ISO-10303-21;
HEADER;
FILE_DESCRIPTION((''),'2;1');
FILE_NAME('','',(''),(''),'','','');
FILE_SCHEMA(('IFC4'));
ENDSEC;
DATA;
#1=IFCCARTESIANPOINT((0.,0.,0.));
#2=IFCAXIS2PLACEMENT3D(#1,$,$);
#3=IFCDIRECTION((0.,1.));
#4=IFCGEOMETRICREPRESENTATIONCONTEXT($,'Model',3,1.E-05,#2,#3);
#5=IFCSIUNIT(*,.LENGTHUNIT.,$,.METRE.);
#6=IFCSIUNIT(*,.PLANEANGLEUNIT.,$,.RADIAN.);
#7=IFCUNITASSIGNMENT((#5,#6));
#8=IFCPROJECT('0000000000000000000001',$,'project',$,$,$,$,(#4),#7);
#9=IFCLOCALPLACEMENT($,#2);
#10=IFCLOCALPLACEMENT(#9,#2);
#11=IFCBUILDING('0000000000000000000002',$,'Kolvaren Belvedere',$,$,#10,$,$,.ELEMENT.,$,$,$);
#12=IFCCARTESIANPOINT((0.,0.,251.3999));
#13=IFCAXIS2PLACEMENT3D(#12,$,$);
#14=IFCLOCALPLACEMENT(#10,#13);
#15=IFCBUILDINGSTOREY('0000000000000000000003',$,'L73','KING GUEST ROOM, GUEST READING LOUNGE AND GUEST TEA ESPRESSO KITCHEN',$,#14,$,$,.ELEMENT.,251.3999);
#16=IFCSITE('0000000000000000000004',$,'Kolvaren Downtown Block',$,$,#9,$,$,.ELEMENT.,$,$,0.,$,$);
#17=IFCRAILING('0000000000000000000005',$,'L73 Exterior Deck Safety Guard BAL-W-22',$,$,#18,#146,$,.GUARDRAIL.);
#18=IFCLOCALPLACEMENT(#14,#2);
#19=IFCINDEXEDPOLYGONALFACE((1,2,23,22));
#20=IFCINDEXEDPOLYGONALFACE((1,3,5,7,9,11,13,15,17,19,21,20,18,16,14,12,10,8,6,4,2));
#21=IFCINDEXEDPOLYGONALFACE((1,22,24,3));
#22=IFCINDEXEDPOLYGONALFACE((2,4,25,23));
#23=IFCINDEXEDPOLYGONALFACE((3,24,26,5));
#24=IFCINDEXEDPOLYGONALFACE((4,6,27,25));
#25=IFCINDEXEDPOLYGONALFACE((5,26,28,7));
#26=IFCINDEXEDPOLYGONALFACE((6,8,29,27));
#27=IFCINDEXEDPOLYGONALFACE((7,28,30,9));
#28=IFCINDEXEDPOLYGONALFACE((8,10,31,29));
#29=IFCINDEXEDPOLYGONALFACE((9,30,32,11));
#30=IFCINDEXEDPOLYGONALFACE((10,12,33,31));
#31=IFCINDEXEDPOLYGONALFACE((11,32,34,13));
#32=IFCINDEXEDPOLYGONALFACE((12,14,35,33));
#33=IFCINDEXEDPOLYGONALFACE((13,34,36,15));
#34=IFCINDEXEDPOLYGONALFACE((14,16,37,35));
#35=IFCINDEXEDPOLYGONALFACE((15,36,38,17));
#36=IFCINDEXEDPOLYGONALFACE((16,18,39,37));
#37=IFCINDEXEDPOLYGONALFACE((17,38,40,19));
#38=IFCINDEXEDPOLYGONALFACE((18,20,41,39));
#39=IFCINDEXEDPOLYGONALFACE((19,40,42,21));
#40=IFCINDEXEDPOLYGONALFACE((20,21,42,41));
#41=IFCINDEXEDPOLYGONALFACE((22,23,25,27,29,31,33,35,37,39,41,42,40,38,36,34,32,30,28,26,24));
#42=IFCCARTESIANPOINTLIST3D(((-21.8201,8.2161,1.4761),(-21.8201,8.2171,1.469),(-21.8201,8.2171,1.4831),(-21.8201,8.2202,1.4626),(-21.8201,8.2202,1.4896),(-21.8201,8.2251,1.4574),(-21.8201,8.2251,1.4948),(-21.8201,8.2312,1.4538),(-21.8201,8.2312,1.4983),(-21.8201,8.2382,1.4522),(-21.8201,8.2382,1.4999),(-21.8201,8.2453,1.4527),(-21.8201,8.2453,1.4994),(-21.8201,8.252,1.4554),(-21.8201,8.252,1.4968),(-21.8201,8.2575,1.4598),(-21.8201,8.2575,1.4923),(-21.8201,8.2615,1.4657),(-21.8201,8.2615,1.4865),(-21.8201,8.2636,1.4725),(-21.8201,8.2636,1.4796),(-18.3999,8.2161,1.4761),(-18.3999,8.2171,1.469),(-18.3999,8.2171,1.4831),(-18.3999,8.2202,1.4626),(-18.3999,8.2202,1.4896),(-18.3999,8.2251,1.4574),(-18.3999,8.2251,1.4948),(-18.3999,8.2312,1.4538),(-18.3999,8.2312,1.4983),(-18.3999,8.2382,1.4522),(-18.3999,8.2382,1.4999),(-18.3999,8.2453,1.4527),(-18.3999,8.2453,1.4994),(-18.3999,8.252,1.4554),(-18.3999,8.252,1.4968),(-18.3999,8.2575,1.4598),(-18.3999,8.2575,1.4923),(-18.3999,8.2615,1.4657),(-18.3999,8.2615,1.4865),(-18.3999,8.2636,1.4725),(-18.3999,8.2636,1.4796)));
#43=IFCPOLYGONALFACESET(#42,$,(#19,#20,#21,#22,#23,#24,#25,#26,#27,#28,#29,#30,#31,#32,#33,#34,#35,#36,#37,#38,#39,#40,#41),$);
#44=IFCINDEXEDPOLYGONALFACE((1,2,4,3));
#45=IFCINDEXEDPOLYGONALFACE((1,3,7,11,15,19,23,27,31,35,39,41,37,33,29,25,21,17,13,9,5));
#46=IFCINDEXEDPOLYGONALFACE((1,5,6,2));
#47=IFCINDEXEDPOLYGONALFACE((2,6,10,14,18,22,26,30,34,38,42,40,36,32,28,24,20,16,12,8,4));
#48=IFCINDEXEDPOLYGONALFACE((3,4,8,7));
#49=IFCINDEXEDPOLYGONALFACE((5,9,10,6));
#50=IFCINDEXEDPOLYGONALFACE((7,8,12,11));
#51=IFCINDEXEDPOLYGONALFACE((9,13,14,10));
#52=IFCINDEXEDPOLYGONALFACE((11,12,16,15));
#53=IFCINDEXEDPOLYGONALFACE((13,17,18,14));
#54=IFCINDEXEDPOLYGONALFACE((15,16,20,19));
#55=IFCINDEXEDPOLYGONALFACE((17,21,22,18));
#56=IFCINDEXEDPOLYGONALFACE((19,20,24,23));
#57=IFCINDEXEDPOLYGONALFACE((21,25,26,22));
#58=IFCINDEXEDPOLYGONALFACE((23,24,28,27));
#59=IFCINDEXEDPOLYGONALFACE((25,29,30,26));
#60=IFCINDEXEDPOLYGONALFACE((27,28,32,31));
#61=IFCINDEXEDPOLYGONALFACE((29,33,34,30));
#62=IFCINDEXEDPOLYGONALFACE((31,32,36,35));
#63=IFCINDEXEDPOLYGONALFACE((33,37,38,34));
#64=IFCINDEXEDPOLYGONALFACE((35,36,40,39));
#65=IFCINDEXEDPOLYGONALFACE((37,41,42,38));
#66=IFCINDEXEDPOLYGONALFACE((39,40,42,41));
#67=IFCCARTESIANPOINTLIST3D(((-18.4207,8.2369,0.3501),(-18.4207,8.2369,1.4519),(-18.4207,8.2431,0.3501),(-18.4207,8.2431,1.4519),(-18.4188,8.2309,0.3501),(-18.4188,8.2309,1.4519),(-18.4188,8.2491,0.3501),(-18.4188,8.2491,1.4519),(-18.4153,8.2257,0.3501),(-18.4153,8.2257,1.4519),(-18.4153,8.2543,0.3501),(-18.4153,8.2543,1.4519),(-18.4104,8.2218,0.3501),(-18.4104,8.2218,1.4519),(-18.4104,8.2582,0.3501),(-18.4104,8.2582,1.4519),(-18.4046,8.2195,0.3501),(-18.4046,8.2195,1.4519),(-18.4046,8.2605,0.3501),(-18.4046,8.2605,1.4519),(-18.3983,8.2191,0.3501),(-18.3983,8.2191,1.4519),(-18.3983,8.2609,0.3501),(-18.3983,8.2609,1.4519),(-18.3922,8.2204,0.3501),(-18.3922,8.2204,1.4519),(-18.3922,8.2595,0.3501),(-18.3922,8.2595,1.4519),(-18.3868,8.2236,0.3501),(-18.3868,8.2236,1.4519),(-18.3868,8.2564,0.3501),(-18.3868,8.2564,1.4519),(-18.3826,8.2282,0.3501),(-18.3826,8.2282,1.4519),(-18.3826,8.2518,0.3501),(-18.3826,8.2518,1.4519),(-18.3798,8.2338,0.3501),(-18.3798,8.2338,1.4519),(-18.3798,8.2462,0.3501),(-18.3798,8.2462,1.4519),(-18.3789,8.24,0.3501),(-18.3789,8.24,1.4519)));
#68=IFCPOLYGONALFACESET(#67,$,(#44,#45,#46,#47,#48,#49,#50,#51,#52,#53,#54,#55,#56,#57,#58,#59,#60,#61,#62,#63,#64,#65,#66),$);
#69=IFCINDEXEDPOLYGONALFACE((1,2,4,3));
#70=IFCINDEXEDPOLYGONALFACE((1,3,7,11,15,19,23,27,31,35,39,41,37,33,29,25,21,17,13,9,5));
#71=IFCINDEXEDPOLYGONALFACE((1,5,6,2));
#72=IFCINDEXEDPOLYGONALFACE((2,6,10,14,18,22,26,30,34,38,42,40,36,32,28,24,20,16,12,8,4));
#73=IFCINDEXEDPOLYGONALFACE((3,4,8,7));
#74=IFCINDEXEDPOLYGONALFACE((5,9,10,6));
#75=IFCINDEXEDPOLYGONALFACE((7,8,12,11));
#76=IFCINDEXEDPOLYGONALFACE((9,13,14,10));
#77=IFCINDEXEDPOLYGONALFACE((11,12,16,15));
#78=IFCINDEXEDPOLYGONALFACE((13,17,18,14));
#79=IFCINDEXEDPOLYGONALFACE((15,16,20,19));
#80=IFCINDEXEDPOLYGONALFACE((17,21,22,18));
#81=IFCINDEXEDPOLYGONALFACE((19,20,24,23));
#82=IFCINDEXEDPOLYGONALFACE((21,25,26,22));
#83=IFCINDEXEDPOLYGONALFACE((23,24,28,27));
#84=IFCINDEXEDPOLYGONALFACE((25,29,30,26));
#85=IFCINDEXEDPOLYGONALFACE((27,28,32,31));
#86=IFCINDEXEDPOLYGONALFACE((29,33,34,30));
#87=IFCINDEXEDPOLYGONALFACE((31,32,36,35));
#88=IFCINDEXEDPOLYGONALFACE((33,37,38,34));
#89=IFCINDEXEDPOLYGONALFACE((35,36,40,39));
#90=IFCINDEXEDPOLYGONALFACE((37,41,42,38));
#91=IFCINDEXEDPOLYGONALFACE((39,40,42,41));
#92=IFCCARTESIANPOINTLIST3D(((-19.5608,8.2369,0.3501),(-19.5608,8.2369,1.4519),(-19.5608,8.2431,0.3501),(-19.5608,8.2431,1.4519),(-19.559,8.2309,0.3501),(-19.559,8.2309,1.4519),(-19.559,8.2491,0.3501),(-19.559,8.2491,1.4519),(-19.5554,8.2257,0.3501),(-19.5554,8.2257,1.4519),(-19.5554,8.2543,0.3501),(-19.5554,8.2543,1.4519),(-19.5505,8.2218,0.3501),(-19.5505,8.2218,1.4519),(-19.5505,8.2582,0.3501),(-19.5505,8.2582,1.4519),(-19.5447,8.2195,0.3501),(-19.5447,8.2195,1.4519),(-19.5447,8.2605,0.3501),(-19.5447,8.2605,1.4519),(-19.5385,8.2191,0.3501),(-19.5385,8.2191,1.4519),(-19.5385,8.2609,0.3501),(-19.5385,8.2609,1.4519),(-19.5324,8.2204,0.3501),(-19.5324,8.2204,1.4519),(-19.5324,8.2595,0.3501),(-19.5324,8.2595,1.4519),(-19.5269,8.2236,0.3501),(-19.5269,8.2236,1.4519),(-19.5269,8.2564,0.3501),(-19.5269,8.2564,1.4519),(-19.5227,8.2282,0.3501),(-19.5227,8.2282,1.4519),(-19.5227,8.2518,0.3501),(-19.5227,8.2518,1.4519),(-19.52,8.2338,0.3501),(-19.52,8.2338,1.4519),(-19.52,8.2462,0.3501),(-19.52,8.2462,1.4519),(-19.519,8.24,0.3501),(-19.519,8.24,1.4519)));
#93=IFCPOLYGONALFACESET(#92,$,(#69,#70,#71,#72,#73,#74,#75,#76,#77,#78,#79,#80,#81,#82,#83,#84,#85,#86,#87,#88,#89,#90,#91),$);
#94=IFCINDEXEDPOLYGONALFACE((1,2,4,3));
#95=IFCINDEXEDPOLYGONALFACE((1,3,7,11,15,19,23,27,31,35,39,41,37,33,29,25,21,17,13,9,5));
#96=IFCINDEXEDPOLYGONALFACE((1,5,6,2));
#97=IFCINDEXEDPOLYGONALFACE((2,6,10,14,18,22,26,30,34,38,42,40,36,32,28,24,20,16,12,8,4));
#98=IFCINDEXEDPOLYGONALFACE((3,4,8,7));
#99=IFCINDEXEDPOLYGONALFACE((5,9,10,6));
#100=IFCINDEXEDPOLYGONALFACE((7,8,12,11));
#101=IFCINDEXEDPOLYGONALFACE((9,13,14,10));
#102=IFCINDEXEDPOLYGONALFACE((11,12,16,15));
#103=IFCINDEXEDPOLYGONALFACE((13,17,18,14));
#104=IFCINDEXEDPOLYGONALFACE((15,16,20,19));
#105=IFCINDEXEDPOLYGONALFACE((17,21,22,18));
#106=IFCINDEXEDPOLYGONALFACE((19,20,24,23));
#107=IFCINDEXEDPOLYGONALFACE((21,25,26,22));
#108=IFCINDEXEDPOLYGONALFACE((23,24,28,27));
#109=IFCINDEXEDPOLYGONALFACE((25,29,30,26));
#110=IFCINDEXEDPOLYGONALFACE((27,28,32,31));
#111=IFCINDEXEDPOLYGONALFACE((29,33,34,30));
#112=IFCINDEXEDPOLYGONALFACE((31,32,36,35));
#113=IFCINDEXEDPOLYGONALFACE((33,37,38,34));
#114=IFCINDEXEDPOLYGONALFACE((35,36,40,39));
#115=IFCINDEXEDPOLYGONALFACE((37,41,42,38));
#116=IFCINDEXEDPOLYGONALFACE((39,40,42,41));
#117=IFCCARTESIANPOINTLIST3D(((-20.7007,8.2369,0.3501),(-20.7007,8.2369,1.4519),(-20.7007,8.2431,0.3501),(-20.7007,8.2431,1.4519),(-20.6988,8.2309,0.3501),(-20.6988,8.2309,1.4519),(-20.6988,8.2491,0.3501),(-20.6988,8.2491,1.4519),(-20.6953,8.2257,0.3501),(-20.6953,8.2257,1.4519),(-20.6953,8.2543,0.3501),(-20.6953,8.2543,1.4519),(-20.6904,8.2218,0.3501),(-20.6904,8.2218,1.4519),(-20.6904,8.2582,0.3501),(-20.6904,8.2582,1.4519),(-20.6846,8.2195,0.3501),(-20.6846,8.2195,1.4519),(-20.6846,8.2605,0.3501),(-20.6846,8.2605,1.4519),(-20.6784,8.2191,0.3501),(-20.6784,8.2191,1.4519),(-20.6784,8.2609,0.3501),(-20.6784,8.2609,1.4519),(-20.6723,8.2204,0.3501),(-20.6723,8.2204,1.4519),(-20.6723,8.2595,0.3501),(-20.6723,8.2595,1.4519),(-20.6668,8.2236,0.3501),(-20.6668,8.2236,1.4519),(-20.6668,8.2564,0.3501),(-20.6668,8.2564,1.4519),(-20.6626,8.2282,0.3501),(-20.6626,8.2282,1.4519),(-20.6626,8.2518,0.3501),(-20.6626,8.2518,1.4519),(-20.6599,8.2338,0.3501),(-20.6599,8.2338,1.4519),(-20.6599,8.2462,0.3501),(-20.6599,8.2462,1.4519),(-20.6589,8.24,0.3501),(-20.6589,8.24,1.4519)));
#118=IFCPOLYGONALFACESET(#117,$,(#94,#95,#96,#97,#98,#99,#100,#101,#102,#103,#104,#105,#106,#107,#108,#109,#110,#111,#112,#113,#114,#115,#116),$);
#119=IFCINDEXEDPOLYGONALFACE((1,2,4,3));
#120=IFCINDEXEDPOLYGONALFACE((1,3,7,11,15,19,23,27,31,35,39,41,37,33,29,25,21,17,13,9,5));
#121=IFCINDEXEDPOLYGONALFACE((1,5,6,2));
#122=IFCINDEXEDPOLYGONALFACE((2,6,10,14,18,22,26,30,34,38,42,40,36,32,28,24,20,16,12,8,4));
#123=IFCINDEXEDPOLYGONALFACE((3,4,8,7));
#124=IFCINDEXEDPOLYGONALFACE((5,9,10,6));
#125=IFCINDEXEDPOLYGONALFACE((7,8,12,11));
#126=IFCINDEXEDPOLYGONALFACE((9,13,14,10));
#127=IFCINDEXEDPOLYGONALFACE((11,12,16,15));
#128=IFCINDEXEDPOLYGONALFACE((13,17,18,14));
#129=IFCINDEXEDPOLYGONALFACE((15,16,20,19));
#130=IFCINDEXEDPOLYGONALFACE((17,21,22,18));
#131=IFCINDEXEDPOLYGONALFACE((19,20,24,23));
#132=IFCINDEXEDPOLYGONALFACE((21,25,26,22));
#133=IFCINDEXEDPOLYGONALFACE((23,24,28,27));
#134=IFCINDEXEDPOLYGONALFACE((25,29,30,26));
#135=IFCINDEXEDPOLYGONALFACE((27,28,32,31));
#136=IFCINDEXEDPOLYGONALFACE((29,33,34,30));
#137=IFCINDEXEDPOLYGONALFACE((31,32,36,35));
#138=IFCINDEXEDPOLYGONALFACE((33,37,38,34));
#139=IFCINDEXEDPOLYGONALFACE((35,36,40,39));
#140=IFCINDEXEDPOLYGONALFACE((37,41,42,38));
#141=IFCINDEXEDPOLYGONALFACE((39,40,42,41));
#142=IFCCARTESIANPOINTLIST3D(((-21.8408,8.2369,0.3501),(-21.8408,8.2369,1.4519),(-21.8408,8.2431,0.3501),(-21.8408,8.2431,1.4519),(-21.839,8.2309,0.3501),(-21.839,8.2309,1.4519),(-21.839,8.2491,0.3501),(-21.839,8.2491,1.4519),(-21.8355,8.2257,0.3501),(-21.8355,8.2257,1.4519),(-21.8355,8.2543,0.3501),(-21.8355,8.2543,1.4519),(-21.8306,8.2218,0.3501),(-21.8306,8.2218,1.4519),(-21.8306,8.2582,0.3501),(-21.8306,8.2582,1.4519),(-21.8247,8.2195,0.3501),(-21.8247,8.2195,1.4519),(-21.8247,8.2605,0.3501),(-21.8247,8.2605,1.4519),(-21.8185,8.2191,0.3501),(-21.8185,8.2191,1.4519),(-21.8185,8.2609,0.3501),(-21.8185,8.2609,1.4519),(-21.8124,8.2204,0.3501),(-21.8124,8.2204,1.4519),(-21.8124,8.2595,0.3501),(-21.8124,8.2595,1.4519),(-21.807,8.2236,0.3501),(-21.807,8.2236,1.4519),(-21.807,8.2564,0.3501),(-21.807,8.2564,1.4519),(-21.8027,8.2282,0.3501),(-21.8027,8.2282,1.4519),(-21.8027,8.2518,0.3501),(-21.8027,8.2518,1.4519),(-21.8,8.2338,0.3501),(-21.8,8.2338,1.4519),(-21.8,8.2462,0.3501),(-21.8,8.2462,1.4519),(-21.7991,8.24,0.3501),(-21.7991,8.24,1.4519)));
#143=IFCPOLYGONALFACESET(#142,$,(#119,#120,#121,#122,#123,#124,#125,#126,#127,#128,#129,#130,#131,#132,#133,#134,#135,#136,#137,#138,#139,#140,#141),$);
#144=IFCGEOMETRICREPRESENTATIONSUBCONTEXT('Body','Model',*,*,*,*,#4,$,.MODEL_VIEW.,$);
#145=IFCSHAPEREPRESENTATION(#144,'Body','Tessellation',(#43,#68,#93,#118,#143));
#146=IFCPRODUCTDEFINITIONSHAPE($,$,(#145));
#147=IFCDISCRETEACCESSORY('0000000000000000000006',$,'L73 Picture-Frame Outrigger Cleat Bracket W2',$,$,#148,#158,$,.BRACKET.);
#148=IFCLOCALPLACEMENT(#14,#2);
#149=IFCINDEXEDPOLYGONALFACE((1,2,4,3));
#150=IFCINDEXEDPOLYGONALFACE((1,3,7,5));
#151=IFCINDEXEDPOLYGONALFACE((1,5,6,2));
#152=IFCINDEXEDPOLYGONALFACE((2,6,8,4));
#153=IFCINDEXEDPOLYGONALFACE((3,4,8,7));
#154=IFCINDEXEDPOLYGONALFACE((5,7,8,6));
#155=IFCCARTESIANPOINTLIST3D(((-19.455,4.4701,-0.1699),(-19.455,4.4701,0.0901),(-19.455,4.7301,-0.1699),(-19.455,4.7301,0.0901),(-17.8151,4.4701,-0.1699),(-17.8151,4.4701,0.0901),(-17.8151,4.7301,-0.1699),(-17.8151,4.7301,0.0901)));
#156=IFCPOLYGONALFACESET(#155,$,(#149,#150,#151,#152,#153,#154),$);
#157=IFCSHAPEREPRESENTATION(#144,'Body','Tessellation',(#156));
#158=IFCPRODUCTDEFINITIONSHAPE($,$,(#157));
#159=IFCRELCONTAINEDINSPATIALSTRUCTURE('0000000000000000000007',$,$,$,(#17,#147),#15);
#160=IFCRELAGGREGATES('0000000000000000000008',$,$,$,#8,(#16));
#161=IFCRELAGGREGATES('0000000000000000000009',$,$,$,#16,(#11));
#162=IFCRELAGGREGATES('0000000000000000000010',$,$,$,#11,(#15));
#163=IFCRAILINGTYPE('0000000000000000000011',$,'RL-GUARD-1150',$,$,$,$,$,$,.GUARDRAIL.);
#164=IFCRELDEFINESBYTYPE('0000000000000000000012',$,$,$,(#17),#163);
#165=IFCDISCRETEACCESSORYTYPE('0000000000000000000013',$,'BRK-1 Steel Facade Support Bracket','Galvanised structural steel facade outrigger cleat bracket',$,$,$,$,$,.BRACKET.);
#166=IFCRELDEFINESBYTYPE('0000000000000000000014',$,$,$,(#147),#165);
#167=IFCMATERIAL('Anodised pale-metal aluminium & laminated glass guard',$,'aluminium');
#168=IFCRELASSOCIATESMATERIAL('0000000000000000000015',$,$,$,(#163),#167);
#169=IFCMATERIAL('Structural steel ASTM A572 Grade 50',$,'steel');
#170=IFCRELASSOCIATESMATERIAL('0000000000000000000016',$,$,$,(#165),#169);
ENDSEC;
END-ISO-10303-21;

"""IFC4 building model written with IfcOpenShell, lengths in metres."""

from ifc_helpers import new_model, si_unit, direction, frame, origin, origin_2d, place, context, subcontext, project, spatial, rectangle, circle, extrude, material, type_object, element, save


model = new_model("IFC4")

# Units and contexts
model_context = context("Model", 3, precision=1e-05, world=origin(), true_north=direction((0.0, 1.0)))
body_context = subcontext(model_context, "Body", "Model", "MODEL_VIEW")
ifc_project = project(units=[si_unit("LENGTHUNIT", "METRE"), si_unit("PLANEANGLEUNIT", "RADIAN")], contexts=[model_context])

# Site, building, storey
site_placement = place(None, origin())
site = spatial("IfcSite", under=ifc_project, at=site_placement, Name="Kolvaren Downtown Block", CompositionType="ELEMENT", RefElevation=0.0)
building_placement = place(site_placement, origin())
building = spatial("IfcBuilding", under=site, at=building_placement, Name="Kolvaren Belvedere", CompositionType="ELEMENT")
storey_placement = place(building_placement, frame((0.0, 0.0, 251.3999)))
storey = spatial("IfcBuildingStorey", under=building, at=storey_placement, Name="L73", Description="KING GUEST ROOM, GUEST READING LOUNGE AND GUEST TEA ESPRESSO KITCHEN", CompositionType="ELEMENT", Elevation=251.3999)

# Railing
ifc_material_1 = material(Name="Anodised pale-metal aluminium & laminated glass guard", Category="aluminium")
railing_type = type_object("IfcRailingType", Name="RL-GUARD-1150", PredefinedType="GUARDRAIL", material=ifc_material_1)
railing_1_placement = place(storey_placement, frame((-18.3999, 8.24, 0.3501)))
element("IfcRailing", 1, at=railing_1_placement, inside=storey, type_object=railing_type, Name="L73 Exterior Deck Safety Guard BAL-W-22", PredefinedType="GUARDRAIL", context=body_context, shape_type="SweptSolid", body=[
    extrude(circle(Radius=0.0239, at=origin_2d()), frame((0.0, 0.0, 1.126), z_axis=(-1.0, 0.0, 0.0), x_axis=(0.0, -1.0, 0.0)), (0.0, 0.0, 1.0), 3.4202),
    extrude(circle(Radius=0.021, at=origin_2d()), origin(), (0.0, 0.0, 1.0), 1.1018),
    extrude(circle(Radius=0.021, at=origin_2d()), frame((-1.1401, 0.0, 0.0)), (0.0, 0.0, 1.0), 1.1018),
    extrude(circle(Radius=0.021, at=origin_2d()), frame((-2.28, 0.0, 0.0)), (0.0, 0.0, 1.0), 1.1018),
    extrude(circle(Radius=0.021, at=origin_2d()), frame((-3.4202, 0.0, 0.0)), (0.0, 0.0, 1.0), 1.1018),
])

# Discrete accessory
ifc_material_2 = material(Name="Structural steel ASTM A572 Grade 50", Category="steel")
discrete_accessory_type = type_object("IfcDiscreteAccessoryType", Name="BRK-1 Steel Facade Support Bracket", Description="Galvanised structural steel facade outrigger cleat bracket", PredefinedType="BRACKET", material=ifc_material_2)
discrete_accessory_placement = place(storey_placement, frame((-18.635, 4.6001, -0.1699), z_axis=(0.0, 0.0, 1.0), x_axis=(1.0, 0.0, 0.0)))
element("IfcDiscreteAccessory", 2, at=discrete_accessory_placement, inside=storey, type_object=discrete_accessory_type, Name="L73 Picture-Frame Outrigger Cleat Bracket W2", PredefinedType="BRACKET", context=body_context, shape_type="SweptSolid", body=[
    extrude(rectangle(XDim=1.6399, YDim=0.26, at=origin_2d()), origin(), (0.0, 0.0, 1.0), 0.26),
])

save(model, "model.ifc")
